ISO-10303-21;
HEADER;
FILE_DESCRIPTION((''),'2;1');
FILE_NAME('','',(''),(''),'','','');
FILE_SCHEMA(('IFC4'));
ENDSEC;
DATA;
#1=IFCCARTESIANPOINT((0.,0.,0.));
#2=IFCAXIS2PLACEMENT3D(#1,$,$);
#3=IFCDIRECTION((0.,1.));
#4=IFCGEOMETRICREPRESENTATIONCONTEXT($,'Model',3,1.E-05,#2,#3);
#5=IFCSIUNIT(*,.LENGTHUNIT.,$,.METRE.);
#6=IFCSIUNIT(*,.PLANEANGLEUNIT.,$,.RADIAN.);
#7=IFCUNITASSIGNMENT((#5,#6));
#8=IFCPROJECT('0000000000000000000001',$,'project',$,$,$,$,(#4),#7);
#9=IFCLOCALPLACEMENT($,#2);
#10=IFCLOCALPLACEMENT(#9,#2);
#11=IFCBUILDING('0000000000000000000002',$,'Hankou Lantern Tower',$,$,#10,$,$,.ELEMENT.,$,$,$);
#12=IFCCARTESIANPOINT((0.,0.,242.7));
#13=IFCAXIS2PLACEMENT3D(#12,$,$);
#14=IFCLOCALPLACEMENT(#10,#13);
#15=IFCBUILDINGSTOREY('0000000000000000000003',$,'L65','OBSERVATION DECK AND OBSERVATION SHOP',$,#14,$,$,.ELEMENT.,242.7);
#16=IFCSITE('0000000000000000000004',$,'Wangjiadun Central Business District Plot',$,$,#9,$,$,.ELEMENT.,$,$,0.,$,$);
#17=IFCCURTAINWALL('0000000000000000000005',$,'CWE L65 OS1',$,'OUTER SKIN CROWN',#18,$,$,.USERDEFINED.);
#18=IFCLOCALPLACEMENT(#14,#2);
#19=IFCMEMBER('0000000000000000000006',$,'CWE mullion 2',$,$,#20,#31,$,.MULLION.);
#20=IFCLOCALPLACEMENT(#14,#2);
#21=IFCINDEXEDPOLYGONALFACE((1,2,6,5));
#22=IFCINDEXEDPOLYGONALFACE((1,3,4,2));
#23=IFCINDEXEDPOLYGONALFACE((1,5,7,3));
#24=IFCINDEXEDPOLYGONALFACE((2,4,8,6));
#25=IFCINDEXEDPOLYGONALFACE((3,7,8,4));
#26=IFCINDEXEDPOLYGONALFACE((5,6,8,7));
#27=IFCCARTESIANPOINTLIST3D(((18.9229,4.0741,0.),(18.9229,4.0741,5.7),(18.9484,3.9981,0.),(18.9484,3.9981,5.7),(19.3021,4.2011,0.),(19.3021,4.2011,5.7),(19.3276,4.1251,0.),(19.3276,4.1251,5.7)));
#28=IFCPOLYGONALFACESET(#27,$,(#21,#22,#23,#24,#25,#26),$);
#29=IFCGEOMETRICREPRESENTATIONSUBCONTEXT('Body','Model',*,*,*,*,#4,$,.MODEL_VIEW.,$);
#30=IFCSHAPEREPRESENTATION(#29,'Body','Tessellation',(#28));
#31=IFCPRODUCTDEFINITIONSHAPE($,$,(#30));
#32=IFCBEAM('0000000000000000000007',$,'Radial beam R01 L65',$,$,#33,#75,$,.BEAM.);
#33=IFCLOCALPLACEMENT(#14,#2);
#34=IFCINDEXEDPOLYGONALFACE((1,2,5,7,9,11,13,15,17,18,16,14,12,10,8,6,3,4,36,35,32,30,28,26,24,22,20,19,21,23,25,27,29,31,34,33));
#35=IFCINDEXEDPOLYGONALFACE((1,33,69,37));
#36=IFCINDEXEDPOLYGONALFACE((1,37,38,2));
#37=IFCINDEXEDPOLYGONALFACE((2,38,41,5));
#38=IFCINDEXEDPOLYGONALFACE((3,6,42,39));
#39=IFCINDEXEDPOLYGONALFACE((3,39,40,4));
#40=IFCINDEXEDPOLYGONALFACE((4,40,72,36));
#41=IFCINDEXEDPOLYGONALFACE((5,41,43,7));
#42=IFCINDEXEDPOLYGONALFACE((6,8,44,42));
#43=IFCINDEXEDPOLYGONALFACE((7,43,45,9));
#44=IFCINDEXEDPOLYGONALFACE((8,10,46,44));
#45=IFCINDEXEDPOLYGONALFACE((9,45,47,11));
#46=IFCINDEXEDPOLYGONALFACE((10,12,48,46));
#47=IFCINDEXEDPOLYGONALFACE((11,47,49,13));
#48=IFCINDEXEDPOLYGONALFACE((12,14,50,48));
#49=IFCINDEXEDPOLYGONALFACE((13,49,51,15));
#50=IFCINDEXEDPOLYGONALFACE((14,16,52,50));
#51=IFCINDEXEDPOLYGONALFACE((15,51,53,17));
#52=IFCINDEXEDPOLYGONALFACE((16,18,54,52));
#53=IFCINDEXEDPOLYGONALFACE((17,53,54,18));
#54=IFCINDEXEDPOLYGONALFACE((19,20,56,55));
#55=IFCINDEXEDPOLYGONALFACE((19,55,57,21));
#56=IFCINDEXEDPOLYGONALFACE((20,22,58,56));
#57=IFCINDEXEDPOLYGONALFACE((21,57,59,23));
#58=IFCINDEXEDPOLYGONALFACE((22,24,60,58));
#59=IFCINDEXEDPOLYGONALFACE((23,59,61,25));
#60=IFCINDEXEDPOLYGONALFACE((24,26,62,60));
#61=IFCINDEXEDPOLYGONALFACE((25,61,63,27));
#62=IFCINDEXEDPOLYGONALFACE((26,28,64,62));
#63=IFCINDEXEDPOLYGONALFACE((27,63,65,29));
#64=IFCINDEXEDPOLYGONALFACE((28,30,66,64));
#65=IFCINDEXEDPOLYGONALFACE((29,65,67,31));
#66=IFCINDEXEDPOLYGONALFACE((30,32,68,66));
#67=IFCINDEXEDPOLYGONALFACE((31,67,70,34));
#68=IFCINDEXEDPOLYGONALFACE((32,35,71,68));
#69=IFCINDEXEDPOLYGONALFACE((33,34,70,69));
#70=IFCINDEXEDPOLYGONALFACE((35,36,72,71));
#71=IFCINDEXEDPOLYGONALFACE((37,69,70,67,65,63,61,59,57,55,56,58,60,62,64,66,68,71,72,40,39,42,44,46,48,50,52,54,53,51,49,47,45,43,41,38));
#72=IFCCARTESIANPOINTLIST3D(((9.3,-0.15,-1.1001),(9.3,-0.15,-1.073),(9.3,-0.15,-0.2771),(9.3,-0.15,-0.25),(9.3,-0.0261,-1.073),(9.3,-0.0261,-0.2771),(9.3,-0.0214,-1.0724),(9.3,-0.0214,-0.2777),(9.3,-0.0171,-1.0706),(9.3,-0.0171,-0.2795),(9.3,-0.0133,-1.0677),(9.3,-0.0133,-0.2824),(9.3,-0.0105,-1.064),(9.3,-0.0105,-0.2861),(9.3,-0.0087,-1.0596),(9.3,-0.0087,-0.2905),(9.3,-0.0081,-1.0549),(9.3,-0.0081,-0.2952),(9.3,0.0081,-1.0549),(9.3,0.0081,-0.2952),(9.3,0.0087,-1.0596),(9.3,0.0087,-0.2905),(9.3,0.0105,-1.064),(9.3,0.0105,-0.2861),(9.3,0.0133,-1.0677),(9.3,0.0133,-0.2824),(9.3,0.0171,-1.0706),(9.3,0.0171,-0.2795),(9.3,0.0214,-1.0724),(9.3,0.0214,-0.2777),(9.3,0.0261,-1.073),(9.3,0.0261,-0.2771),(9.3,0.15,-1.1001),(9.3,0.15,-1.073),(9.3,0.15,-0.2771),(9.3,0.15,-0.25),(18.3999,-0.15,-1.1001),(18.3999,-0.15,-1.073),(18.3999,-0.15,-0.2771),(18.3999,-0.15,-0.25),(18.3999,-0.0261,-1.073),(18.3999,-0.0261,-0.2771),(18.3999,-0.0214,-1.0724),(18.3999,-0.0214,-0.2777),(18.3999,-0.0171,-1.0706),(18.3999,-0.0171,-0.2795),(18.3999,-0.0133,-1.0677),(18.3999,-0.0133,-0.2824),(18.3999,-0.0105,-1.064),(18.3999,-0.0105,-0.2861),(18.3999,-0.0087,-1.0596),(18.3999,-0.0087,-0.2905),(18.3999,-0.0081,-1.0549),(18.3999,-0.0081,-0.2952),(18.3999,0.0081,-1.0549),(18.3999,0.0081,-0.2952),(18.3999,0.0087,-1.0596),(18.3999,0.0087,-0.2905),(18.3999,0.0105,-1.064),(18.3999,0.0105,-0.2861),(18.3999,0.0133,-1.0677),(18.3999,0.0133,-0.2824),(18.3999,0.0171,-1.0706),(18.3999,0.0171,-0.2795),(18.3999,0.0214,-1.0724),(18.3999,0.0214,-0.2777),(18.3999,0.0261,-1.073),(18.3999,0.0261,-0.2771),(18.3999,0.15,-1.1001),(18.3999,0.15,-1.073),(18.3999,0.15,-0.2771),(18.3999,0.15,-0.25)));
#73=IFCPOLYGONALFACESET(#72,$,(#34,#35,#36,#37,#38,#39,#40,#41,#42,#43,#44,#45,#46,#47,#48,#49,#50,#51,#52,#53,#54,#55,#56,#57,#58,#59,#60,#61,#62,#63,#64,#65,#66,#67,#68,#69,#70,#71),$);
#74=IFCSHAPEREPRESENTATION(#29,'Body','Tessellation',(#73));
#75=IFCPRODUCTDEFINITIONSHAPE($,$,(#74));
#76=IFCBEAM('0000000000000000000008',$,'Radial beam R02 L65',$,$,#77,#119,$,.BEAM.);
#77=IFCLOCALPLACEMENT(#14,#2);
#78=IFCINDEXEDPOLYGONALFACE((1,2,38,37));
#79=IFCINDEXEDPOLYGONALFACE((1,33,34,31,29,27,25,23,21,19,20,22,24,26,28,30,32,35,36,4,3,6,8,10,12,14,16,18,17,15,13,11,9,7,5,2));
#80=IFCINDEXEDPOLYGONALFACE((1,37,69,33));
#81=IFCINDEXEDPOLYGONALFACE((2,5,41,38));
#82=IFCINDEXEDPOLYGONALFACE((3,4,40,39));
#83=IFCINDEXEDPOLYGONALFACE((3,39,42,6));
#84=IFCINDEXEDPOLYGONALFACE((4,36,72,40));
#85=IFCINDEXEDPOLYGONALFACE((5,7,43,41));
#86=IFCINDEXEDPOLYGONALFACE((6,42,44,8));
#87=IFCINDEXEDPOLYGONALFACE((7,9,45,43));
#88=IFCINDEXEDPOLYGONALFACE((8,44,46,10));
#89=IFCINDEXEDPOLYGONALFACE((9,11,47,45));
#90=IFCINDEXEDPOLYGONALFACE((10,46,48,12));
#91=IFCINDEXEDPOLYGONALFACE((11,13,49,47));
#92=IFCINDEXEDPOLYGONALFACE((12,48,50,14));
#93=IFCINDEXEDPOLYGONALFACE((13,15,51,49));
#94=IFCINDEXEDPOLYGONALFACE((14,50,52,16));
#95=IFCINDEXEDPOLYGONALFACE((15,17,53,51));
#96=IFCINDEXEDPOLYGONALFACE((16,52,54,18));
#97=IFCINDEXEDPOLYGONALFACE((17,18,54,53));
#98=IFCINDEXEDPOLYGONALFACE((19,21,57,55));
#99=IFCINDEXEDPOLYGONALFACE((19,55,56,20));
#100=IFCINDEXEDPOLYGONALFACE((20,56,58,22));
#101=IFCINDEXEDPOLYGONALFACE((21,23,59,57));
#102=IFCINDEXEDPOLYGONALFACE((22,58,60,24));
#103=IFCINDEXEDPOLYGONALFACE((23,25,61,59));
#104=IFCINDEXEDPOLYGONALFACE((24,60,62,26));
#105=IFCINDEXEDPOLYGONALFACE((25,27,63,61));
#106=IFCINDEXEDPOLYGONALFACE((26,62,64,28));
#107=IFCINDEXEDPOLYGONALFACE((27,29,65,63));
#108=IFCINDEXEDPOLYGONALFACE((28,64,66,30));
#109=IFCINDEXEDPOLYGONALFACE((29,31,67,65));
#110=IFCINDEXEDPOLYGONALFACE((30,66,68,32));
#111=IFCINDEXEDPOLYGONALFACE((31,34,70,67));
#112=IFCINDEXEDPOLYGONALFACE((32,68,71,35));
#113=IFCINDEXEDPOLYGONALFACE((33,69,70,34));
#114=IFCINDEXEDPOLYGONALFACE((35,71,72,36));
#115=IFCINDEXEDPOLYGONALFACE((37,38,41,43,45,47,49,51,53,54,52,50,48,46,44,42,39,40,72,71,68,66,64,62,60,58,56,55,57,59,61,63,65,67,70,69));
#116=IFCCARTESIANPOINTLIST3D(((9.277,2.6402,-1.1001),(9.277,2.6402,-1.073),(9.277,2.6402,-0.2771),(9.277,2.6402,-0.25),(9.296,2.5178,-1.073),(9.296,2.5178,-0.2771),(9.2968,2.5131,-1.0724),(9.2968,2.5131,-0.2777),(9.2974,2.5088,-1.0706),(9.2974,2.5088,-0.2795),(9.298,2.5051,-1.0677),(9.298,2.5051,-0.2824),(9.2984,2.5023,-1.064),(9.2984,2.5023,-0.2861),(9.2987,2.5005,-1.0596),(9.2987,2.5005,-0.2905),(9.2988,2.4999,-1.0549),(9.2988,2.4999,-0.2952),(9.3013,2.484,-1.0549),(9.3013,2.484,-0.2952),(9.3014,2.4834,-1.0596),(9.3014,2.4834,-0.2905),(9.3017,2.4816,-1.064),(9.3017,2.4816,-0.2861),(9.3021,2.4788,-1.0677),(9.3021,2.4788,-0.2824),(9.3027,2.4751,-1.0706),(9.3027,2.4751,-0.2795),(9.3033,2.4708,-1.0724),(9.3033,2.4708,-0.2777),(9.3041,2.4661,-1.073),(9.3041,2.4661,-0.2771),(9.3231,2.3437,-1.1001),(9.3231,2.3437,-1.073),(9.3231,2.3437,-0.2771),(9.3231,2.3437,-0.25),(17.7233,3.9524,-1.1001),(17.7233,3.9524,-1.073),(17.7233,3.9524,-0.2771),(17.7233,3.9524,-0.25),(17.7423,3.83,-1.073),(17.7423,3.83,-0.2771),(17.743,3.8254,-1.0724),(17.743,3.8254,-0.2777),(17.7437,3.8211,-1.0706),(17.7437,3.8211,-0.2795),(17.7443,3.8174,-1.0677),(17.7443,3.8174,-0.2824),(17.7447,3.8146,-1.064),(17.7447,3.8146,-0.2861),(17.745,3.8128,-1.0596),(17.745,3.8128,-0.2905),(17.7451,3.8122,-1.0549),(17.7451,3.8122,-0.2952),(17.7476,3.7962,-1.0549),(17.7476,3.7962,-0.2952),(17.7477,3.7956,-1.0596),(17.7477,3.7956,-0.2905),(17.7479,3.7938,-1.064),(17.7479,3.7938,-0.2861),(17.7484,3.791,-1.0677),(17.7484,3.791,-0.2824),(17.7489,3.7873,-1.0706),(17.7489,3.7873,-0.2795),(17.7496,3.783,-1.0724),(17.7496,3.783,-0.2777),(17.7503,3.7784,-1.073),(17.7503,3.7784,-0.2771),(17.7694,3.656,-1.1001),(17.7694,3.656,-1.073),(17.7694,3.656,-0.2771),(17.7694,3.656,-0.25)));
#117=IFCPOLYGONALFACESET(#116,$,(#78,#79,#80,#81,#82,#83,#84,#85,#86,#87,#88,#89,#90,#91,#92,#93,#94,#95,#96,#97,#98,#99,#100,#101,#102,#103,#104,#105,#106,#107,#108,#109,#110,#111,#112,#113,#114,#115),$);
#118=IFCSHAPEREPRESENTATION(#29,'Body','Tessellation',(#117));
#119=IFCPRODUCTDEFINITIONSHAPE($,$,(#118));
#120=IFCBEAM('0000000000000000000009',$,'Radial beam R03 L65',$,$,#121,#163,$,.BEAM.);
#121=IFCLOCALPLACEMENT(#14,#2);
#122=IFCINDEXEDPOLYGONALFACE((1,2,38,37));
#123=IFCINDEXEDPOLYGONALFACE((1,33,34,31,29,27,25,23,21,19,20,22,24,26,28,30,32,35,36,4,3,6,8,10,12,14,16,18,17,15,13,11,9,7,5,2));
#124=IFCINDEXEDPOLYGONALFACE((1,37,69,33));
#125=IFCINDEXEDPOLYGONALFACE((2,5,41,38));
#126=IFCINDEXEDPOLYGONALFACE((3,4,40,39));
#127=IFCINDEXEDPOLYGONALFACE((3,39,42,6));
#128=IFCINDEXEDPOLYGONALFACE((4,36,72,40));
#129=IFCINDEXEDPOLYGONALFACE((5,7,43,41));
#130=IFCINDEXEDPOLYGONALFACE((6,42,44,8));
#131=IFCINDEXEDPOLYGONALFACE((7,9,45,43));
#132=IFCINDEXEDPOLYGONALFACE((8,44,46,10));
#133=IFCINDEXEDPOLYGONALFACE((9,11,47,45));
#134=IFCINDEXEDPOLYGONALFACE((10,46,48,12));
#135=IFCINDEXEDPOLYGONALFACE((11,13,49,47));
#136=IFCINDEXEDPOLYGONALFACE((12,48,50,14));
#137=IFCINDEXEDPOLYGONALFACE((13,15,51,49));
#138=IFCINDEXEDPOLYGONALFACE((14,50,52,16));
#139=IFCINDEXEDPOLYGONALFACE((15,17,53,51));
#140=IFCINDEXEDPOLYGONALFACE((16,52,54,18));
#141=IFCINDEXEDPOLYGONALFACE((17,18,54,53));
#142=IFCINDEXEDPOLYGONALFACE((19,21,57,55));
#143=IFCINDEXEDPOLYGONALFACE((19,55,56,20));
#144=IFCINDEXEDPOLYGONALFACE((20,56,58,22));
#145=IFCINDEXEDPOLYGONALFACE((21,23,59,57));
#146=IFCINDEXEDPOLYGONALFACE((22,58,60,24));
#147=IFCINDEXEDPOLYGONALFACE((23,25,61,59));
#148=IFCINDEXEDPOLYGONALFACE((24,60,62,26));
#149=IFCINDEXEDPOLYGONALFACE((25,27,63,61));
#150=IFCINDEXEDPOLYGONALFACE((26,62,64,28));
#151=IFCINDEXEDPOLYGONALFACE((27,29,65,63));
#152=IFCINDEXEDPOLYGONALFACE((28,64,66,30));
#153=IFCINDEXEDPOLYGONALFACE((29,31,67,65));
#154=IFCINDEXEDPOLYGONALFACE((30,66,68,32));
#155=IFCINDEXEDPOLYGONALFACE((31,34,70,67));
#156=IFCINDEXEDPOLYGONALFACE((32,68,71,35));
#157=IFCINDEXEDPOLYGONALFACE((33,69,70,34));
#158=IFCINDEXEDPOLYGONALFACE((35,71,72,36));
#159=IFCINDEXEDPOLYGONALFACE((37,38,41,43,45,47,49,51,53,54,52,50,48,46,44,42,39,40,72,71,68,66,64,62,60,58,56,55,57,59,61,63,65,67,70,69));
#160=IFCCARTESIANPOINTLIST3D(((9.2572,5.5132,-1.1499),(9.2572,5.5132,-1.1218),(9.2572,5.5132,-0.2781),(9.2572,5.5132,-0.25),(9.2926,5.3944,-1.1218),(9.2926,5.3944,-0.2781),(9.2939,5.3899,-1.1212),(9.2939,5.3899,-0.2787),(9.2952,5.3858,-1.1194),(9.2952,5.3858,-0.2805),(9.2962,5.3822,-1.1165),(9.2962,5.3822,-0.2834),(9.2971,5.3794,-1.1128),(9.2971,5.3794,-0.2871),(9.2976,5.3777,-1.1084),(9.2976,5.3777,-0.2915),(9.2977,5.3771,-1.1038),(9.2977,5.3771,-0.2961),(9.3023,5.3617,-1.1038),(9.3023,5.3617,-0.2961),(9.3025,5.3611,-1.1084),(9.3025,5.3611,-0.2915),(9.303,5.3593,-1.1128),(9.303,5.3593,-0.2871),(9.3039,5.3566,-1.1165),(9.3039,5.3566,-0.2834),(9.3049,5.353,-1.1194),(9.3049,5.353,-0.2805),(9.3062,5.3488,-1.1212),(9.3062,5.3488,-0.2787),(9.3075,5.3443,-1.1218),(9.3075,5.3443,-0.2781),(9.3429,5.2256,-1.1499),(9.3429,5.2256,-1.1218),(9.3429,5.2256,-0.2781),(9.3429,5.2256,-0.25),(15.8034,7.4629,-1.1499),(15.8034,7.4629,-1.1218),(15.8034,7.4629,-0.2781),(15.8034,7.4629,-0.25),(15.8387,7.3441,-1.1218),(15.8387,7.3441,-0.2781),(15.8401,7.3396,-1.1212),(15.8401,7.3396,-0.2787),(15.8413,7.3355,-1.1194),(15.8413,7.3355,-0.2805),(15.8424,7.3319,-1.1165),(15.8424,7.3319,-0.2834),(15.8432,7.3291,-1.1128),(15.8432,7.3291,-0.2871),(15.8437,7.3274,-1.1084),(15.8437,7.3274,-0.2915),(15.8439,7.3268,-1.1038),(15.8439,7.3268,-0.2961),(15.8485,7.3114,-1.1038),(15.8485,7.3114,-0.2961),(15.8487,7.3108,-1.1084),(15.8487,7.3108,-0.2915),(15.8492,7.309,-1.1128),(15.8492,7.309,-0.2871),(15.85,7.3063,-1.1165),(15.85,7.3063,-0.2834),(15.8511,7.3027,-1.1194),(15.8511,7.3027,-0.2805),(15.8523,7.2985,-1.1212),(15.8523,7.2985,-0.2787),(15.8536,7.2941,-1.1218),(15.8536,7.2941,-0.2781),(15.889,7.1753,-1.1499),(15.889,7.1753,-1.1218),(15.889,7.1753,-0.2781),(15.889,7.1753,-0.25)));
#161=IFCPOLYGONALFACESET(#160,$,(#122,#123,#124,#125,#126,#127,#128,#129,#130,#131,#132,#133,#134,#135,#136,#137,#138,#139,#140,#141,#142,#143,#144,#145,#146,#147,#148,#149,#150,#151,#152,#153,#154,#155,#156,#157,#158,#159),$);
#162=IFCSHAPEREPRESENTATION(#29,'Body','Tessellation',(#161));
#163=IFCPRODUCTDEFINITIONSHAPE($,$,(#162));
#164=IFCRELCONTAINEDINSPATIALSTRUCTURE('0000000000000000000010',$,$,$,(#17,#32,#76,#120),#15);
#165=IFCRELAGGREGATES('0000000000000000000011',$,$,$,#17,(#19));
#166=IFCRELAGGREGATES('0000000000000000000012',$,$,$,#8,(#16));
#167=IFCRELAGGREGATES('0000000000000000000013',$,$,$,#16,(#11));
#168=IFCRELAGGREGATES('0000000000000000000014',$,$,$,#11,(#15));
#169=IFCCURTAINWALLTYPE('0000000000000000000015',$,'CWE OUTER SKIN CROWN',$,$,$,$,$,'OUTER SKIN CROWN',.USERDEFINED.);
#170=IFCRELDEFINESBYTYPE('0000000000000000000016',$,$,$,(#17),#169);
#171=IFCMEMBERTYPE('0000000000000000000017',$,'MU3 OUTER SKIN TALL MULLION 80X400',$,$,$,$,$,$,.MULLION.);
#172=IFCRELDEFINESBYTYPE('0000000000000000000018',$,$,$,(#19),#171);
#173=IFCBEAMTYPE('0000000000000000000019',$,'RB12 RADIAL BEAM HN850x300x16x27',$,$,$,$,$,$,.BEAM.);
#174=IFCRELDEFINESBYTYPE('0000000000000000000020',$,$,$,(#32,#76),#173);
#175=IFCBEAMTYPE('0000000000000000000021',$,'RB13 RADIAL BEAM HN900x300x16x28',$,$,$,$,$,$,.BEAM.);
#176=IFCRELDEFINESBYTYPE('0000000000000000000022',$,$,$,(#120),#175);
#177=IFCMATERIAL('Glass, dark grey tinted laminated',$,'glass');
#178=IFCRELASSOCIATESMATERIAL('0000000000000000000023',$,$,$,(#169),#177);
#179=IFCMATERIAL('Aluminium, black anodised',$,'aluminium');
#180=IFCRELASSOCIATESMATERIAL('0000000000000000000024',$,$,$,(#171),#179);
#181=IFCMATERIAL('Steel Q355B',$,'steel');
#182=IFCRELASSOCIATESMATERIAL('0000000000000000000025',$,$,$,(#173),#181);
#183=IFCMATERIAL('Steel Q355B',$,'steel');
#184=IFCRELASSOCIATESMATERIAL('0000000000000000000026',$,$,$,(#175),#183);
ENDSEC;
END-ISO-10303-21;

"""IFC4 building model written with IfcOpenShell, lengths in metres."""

from ifc_helpers import new_model, si_unit, direction, frame, origin, origin_2d, place, context, subcontext, project, spatial, rectangle, i_section, extrude, material, material_profile, profile_set, type_object, element, aggregate, save


model = new_model("IFC4")

# Units and contexts
model_context = context("Model", 3, precision=1e-05, world=origin(), true_north=direction((0.0, 1.0)))
body_context = subcontext(model_context, "Body", "Model", "MODEL_VIEW")
ifc_project = project(units=[si_unit("LENGTHUNIT", "METRE"), si_unit("PLANEANGLEUNIT", "RADIAN")], contexts=[model_context])

# Site, building, storey
site_placement = place(None, origin())
site = spatial("IfcSite", under=ifc_project, at=site_placement, Name="Wangjiadun Central Business District Plot", CompositionType="ELEMENT", RefElevation=0.0)
building_placement = place(site_placement, origin())
building = spatial("IfcBuilding", under=site, at=building_placement, Name="Hankou Lantern Tower", CompositionType="ELEMENT")
storey_placement = place(building_placement, frame((0.0, 0.0, 242.7)))
storey = spatial("IfcBuildingStorey", under=building, at=storey_placement, Name="L65", Description="OBSERVATION DECK AND OBSERVATION SHOP", CompositionType="ELEMENT", Elevation=242.7)

# Curtain wall, member
ifc_material_1 = material(Name="Glass, dark grey tinted laminated", Category="glass")
curtain_wall_type = type_object("IfcCurtainWallType", Name="CWE OUTER SKIN CROWN", ElementType="OUTER SKIN CROWN", PredefinedType="USERDEFINED", material=ifc_material_1)
curtain_wall_placement = place(storey_placement, origin())
curtain_wall = element("IfcCurtainWall", 1, at=curtain_wall_placement, inside=storey, type_object=curtain_wall_type, Name="CWE L65 OS1", ObjectType="OUTER SKIN CROWN", PredefinedType="USERDEFINED")
ifc_material_2 = material(Name="Aluminium, black anodised", Category="aluminium")
ifc_material_profile_1 = material_profile(ifc_material_2, rectangle(XDim=0.0801, YDim=0.3999, at=origin_2d()), Name="MU3 80X400")
ifc_profile_set_1 = profile_set([ifc_material_profile_1], Name="Aluminium, black anodised")
member_type_1 = type_object("IfcMemberType", Name="MU3 OUTER SKIN TALL MULLION 80X400", PredefinedType="MULLION", material=ifc_profile_set_1)
member_1_placement = place(storey_placement, frame((19.1252, 4.0996, 0.0), z_axis=(0.0, 0.0, 1.0), x_axis=(-0.317596, 0.948226, 0.0)))
member_1 = element("IfcMember", 2, at=member_1_placement, type_object=member_type_1, Name="CWE mullion 2", PredefinedType="MULLION", context=body_context, shape_type="SweptSolid", body=[
    extrude(rectangle(XDim=0.0801, YDim=0.3999, at=origin_2d()), origin(), (0.0, 0.0, 1.0), 5.7),
])

# Beams
ifc_material_3 = material(Name="Steel Q355B", Category="steel")
ifc_material_profile_2 = material_profile(ifc_material_3, i_section(OverallWidth=0.3, OverallDepth=0.8501, WebThickness=0.0161, FlangeThickness=0.0271, FilletRadius=0.0181, at=origin_2d()), Name="HN850x300x16x27")
ifc_profile_set_2 = profile_set([ifc_material_profile_2], Name="Steel Q355B")
beam_type_1 = type_object("IfcBeamType", Name="RB12 RADIAL BEAM HN850x300x16x27", PredefinedType="BEAM", material=ifc_profile_set_2)
beam_1_placement = place(storey_placement, frame((9.3, 0.0, -0.675), z_axis=(1.0, 0.0, 0.0), x_axis=(0.0, 1.0, 0.0)))
element("IfcBeam", 3, at=beam_1_placement, inside=storey, type_object=beam_type_1, Name="Radial beam R01 L65", PredefinedType="BEAM", context=body_context, shape_type="SweptSolid", body=[
    extrude(i_section(OverallWidth=0.3, OverallDepth=0.8501, WebThickness=0.0161, FlangeThickness=0.0271, FilletRadius=0.0181, at=origin_2d()), origin(), (0.0, 0.0, 1.0), 9.0999),
])
beam_2_placement = place(storey_placement, frame((9.3, 2.4919, -0.675), z_axis=(0.988145, 0.153523, 0.0), x_axis=(-0.153523, 0.988145, 0.0)))
element("IfcBeam", 4, at=beam_2_placement, inside=storey, type_object=beam_type_1, Name="Radial beam R02 L65", PredefinedType="BEAM", context=body_context, shape_type="SweptSolid", body=[
    extrude(i_section(OverallWidth=0.3, OverallDepth=0.8501, WebThickness=0.0161, FlangeThickness=0.0271, FilletRadius=0.0181, at=origin_2d()), origin(), (0.0, 0.0, 1.0), 8.5476),
])
ifc_material_4 = material(Name="Steel Q355B", Category="steel")
ifc_material_profile_3 = material_profile(ifc_material_4, i_section(OverallWidth=0.3, OverallDepth=0.8999, WebThickness=0.0161, FlangeThickness=0.0281, FilletRadius=0.0181, at=origin_2d()), Name="HN900x300x16x28")
ifc_profile_set_3 = profile_set([ifc_material_profile_3], Name="Steel Q355B")
beam_type_2 = type_object("IfcBeamType", Name="RB13 RADIAL BEAM HN900x300x16x28", PredefinedType="BEAM", material=ifc_profile_set_3)
beam_3_placement = place(storey_placement, frame((9.3, 5.3694, -0.7), z_axis=(0.958394, 0.285449, 0.0), x_axis=(-0.285449, 0.958394, 0.0)))
element("IfcBeam", 5, at=beam_3_placement, inside=storey, type_object=beam_type_2, Name="Radial beam R03 L65", PredefinedType="BEAM", context=body_context, shape_type="SweptSolid", body=[
    extrude(i_section(OverallWidth=0.3, OverallDepth=0.8999, WebThickness=0.0161, FlangeThickness=0.0281, FilletRadius=0.0181, at=origin_2d()), origin(), (0.0, 0.0, 1.0), 6.8303),
])

aggregate(curtain_wall, [member_1])

save(model, "model.ifc")
